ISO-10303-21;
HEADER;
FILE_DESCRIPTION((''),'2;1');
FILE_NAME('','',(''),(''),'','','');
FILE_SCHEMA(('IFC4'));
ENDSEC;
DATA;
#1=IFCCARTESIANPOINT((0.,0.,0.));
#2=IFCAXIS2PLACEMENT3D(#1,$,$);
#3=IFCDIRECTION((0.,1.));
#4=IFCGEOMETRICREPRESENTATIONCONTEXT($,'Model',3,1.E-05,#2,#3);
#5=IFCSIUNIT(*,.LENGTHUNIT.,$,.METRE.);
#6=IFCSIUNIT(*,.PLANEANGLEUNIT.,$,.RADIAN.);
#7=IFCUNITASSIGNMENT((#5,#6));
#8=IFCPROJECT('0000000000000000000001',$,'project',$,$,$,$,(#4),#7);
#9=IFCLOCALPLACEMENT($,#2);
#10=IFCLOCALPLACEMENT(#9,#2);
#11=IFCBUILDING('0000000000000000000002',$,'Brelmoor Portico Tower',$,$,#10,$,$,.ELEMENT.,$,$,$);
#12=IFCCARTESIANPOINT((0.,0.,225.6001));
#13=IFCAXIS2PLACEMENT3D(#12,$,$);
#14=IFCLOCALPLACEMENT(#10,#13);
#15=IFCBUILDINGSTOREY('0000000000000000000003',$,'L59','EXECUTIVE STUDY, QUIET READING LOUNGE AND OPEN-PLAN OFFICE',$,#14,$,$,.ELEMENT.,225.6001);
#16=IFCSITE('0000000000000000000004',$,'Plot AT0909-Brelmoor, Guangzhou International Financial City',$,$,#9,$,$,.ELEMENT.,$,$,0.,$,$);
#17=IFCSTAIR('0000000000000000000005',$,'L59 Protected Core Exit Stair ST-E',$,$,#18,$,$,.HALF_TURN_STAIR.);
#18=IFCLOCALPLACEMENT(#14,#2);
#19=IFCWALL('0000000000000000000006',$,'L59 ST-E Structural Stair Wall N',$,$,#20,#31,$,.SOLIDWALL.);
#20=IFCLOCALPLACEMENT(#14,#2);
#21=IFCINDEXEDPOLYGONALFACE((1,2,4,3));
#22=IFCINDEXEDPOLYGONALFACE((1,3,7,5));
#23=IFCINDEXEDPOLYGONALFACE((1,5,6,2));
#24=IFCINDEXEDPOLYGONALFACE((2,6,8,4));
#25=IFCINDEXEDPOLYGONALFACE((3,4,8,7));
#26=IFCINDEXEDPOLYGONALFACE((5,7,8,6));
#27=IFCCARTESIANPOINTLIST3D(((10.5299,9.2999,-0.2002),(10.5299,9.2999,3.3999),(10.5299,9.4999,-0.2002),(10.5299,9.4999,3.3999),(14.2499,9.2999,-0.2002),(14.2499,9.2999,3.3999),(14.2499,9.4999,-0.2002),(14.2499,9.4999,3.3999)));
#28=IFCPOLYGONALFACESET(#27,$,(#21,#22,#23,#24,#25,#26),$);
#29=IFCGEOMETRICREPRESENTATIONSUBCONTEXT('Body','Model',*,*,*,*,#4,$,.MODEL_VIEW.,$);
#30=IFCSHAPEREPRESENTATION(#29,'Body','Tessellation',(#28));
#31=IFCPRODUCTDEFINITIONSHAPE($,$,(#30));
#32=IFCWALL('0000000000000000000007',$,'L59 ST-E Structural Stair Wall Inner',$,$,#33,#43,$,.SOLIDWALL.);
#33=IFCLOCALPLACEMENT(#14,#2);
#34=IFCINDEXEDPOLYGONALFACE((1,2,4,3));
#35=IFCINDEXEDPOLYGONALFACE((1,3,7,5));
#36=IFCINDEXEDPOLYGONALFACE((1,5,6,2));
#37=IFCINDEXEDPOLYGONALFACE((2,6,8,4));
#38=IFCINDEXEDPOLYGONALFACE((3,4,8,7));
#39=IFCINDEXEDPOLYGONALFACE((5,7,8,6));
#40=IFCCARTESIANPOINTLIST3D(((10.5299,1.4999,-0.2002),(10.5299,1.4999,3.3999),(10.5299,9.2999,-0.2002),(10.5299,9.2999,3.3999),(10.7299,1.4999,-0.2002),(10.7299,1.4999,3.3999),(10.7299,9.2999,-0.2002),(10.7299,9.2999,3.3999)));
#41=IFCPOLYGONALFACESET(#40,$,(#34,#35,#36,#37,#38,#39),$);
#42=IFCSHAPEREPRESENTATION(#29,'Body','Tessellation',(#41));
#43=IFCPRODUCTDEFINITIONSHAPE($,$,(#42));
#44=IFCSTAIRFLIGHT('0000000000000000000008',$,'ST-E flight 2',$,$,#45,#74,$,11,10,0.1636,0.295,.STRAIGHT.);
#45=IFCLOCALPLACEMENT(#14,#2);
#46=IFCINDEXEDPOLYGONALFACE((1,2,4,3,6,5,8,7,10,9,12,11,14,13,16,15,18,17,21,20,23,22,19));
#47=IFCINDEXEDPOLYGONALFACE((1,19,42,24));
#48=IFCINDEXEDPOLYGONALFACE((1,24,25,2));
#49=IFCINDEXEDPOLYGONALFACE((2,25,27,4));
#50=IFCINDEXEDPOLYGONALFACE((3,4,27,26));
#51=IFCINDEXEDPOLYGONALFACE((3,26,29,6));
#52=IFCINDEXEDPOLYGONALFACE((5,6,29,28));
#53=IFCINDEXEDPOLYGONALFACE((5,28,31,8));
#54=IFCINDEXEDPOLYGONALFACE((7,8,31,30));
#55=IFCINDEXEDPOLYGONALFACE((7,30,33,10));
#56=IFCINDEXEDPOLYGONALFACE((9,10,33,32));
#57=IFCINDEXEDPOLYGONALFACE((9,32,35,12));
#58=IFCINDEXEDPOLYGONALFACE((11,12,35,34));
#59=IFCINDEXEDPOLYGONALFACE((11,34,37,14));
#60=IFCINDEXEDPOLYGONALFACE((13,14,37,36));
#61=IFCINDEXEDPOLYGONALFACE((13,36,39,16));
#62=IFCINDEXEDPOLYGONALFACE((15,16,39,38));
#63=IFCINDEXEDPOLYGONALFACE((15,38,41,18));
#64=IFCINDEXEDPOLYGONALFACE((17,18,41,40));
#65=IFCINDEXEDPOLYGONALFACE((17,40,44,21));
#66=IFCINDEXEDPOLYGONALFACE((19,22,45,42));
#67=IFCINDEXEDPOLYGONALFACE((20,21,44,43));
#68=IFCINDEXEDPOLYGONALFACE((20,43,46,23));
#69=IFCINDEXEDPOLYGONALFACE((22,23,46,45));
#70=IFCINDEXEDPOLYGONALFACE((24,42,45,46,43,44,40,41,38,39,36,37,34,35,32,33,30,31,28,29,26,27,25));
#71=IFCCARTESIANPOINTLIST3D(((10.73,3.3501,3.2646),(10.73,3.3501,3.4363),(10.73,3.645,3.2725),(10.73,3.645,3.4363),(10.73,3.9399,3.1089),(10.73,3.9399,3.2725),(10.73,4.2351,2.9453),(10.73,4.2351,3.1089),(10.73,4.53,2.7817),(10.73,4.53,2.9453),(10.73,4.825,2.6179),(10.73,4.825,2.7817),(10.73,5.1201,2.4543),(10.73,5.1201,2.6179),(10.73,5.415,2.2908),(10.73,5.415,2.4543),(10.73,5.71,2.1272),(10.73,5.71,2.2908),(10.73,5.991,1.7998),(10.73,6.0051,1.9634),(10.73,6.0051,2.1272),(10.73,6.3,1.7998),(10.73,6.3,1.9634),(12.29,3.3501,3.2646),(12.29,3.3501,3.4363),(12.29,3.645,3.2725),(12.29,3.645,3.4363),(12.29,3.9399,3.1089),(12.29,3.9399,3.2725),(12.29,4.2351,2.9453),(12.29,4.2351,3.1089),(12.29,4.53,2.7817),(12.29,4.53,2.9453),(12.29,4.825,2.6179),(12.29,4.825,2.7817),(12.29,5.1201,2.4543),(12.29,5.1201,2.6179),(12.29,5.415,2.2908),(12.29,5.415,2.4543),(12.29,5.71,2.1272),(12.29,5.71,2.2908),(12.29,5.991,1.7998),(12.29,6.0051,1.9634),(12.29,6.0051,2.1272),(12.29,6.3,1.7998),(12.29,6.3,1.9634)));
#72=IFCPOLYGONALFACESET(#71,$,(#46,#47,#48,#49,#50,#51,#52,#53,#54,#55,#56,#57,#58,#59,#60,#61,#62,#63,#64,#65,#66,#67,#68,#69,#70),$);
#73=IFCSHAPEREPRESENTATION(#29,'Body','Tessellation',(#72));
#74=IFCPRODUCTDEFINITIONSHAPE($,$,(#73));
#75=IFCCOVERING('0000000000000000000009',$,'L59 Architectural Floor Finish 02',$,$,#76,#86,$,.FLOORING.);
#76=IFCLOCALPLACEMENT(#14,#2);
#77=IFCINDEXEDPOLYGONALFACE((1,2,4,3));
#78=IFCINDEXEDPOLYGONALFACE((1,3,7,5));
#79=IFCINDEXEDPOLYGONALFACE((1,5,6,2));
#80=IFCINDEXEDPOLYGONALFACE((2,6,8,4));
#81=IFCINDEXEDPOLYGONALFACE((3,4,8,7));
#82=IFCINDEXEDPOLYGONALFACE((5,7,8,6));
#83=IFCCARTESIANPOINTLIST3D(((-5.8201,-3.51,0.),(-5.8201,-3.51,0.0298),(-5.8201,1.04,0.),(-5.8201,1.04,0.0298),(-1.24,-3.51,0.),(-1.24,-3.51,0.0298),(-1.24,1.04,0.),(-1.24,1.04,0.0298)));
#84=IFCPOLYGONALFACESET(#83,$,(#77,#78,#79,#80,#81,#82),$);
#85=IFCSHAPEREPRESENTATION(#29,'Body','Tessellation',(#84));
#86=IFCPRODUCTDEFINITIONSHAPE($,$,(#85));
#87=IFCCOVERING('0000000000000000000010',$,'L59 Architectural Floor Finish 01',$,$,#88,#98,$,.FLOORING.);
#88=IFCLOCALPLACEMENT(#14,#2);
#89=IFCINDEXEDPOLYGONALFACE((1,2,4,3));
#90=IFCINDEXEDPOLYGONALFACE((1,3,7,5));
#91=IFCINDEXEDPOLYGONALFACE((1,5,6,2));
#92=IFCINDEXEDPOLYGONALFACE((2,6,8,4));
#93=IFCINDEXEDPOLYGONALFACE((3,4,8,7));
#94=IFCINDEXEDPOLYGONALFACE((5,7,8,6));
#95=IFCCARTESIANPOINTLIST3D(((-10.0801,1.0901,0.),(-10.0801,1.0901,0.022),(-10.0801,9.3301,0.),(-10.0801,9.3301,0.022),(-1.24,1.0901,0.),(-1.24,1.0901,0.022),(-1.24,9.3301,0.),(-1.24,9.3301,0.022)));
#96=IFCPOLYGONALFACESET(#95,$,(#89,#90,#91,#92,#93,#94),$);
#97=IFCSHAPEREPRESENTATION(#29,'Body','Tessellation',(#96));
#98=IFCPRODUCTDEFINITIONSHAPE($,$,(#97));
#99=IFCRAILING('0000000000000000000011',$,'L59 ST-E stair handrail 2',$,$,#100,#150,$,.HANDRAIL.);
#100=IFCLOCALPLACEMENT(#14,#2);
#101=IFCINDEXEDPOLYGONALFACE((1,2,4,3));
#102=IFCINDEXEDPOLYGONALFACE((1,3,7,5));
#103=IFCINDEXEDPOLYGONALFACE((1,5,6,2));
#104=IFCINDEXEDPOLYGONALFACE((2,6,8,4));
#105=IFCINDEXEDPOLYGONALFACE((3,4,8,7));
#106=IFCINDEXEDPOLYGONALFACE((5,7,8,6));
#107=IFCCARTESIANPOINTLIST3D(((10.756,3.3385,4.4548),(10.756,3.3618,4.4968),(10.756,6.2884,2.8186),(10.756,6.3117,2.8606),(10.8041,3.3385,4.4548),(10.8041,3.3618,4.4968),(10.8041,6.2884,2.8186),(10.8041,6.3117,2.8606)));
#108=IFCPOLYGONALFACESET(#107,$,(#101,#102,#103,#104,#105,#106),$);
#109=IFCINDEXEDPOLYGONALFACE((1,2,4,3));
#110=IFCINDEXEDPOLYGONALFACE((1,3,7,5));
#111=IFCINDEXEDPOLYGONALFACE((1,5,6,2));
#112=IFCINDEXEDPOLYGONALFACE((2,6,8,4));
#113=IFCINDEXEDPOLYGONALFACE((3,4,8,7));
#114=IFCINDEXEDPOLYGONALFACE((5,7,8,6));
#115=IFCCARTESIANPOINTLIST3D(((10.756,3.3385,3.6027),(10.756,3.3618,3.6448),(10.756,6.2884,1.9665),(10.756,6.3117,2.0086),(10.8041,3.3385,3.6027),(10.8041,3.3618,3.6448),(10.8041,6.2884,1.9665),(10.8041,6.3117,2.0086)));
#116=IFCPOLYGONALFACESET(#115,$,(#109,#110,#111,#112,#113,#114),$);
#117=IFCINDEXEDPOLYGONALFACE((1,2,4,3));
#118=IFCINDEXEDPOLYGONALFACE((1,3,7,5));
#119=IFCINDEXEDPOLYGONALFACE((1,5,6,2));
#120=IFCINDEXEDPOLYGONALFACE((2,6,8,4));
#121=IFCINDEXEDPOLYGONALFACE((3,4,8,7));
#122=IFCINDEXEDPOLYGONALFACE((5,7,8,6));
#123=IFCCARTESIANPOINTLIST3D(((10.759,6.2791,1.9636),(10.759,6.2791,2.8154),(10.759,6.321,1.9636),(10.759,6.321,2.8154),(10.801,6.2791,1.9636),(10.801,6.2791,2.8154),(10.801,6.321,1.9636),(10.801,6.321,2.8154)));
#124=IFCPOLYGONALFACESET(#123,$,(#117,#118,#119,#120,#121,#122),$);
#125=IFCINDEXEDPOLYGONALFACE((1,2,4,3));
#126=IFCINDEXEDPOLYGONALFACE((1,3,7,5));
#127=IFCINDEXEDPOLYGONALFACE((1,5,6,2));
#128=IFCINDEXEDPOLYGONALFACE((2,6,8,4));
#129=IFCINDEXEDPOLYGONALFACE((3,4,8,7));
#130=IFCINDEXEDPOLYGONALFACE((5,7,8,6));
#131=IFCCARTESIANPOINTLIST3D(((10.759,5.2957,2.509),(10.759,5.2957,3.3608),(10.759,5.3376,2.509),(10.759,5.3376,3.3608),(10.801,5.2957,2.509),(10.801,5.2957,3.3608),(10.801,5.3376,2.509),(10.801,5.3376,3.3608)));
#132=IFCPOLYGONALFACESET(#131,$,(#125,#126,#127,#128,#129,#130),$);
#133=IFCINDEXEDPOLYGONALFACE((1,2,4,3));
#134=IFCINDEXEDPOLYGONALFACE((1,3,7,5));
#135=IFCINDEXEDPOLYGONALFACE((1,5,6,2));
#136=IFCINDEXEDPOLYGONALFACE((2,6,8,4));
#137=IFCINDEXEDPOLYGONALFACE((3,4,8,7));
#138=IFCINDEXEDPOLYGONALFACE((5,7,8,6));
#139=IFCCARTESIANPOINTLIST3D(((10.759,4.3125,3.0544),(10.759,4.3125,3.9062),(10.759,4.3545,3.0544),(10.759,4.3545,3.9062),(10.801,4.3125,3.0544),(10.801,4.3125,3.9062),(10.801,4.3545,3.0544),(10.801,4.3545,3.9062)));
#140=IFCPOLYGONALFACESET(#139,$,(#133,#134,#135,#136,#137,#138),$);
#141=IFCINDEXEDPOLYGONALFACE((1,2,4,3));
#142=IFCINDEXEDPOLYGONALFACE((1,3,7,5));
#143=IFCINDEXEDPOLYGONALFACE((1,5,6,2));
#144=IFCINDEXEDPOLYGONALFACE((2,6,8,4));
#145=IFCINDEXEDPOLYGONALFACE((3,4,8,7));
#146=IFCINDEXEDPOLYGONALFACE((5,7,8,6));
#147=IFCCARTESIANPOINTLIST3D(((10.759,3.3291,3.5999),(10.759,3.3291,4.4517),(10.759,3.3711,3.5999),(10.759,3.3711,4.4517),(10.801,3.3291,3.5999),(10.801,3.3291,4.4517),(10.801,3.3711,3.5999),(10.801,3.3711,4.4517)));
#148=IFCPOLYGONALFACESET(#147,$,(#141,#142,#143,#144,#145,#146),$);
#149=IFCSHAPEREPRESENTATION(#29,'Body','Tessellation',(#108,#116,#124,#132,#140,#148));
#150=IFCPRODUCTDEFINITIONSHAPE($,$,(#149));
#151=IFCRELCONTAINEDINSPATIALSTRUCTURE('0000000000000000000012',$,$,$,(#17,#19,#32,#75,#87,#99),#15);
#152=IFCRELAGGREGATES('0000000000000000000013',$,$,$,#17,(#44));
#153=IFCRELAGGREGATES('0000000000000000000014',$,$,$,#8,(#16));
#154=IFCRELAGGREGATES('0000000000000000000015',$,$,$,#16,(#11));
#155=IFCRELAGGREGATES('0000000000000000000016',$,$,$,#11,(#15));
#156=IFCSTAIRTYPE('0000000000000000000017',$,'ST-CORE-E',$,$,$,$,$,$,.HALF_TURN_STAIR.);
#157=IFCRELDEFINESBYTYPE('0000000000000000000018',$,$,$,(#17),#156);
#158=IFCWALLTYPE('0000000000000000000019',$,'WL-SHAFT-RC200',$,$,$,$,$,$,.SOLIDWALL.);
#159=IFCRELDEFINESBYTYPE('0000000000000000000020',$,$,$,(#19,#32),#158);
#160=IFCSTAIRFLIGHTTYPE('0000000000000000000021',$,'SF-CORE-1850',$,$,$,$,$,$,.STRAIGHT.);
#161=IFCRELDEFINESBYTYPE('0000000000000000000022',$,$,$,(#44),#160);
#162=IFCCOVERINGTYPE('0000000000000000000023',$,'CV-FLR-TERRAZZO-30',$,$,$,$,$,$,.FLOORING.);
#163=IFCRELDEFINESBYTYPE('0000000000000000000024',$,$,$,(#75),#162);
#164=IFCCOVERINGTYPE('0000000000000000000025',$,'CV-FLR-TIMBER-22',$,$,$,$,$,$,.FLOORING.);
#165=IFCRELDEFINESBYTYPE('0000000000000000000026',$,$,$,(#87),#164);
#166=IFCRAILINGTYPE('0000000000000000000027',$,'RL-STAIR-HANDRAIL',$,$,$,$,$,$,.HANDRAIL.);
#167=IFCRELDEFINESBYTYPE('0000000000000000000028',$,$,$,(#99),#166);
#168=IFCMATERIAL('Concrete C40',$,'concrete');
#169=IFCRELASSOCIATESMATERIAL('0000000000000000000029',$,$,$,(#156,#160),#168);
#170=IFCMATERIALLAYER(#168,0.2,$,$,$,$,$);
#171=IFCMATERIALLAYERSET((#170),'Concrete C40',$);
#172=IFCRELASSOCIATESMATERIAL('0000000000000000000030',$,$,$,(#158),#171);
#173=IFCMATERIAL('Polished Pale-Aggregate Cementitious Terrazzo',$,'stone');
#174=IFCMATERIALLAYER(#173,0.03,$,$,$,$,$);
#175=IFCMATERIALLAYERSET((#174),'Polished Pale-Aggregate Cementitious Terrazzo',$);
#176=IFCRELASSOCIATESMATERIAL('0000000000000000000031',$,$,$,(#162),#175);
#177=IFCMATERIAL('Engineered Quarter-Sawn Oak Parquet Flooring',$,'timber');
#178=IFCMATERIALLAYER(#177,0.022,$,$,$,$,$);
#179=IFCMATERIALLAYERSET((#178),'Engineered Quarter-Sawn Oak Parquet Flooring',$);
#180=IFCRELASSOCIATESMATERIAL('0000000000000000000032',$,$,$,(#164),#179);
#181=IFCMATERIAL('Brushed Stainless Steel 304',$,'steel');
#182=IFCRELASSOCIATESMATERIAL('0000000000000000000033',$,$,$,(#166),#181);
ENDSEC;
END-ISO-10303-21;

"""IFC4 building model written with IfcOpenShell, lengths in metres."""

from ifc_helpers import new_model, si_unit, direction, frame, frame_2d, origin, origin_2d, place, context, subcontext, project, spatial, polyline, rectangle, outline, extrude, material, layer, layer_set, type_object, element, aggregate, save


model = new_model("IFC4")

# Units and contexts
model_context = context("Model", 3, precision=1e-05, world=origin(), true_north=direction((0.0, 1.0)))
body_context = subcontext(model_context, "Body", "Model", "MODEL_VIEW")
ifc_project = project(units=[si_unit("LENGTHUNIT", "METRE"), si_unit("PLANEANGLEUNIT", "RADIAN")], contexts=[model_context])

# Site, building, storey
site_placement = place(None, origin())
site = spatial("IfcSite", under=ifc_project, at=site_placement, Name="Plot AT0909-Brelmoor, Guangzhou International Financial City", CompositionType="ELEMENT", RefElevation=0.0)
building_placement = place(site_placement, origin())
building = spatial("IfcBuilding", under=site, at=building_placement, Name="Brelmoor Portico Tower", CompositionType="ELEMENT")
storey_placement = place(building_placement, frame((0.0, 0.0, 225.6001)))
storey = spatial("IfcBuildingStorey", under=building, at=storey_placement, Name="L59", Description="EXECUTIVE STUDY, QUIET READING LOUNGE AND OPEN-PLAN OFFICE", CompositionType="ELEMENT", Elevation=225.6001)

# Shared definitions
ifc_material_1 = material(Name="Concrete C40", Category="concrete")

# Stair
stair_type_1 = type_object("IfcStairType", Name="ST-CORE-E", PredefinedType="HALF_TURN_STAIR", material=ifc_material_1)
stair_1_placement = place(storey_placement, origin())
stair_1 = element("IfcStair", 1, at=stair_1_placement, inside=storey, type_object=stair_type_1, Name="L59 Protected Core Exit Stair ST-E", PredefinedType="HALF_TURN_STAIR")

# Shared definitions
ifc_layer_1 = layer(ifc_material_1, 0.2)
ifc_layer_set_1 = layer_set([ifc_layer_1], Name="Concrete C40")
wall_type_1 = type_object("IfcWallType", Name="WL-SHAFT-RC200", PredefinedType="SOLIDWALL", material=ifc_layer_set_1)

# Walls
wall_1_placement = place(storey_placement, frame((10.53, 9.3999, -0.2002), z_axis=(0.0, 0.0, 1.0), x_axis=(1.0, 0.0, 0.0)))
element("IfcWall", 2, at=wall_1_placement, inside=storey, type_object=wall_type_1, Name="L59 ST-E Structural Stair Wall N", PredefinedType="SOLIDWALL", context=body_context, shape_type="SweptSolid", body=[
    extrude(rectangle(XDim=3.72, YDim=0.2, at=frame_2d((1.8599, 0.0))), origin(), (0.0, 0.0, 1.0), 3.6001),
])
wall_2_placement = place(storey_placement, frame((10.6299, 1.5, -0.2002), z_axis=(0.0, 0.0, 1.0), x_axis=(0.0, 1.0, 0.0)))
element("IfcWall", 3, at=wall_2_placement, inside=storey, type_object=wall_type_1, Name="L59 ST-E Structural Stair Wall Inner", PredefinedType="SOLIDWALL", context=body_context, shape_type="SweptSolid", body=[
    extrude(rectangle(XDim=7.8, YDim=0.2, at=frame_2d((3.8999, 0.0))), origin(), (0.0, 0.0, 1.0), 3.6001),
])

# Stair flight
stair_flight_type = type_object("IfcStairFlightType", Name="SF-CORE-1850", PredefinedType="STRAIGHT", material=ifc_material_1)
stair_flight_placement = place(storey_placement, frame((11.51, 6.3, 1.7998), z_axis=(0.0, 0.0, 1.0), x_axis=(0.0, -1.0, 0.0)))
stair_flight = element("IfcStairFlight", 4, at=stair_flight_placement, type_object=stair_flight_type, Name="ST-E flight 2", NumberOfRisers=11, NumberOfTreads=10, PredefinedType="STRAIGHT", RiserHeight=0.1636, TreadLength=0.295, context=body_context, shape_type="SweptSolid", body=[
    extrude(outline(polyline([(0.0, 0.0), (0.0, 0.1636), (0.2949, 0.1636), (0.2949, 0.3274), (0.5901, 0.3274), (0.5901, 0.491), (0.885, 0.491), (0.885, 0.6545), (1.1799, 0.6545), (1.1799, 0.8181), (1.4751, 0.8181), (1.4751, 0.9819), (1.77, 0.9819), (1.77, 1.1455), (2.0649, 1.1455), (2.0649, 1.3091), (2.3601, 1.3091), (2.3601, 1.4727), (2.655, 1.4727), (2.655, 1.6365), (2.95, 1.6365), (2.95, 1.8), (2.95, 1.4648), (0.3091, 0.0), (0.0, 0.0)])), frame((0.0, 0.78, 0.0), z_axis=(0.0, -1.0, 0.0), x_axis=(1.0, 0.0, 0.0)), (0.0, 0.0, 1.0), 1.5601),
])
aggregate(stair_1, [stair_flight])

# Coverings
ifc_material_2 = material(Name="Polished Pale-Aggregate Cementitious Terrazzo", Category="stone")
ifc_layer_2 = layer(ifc_material_2, 0.03)
ifc_layer_set_2 = layer_set([ifc_layer_2], Name="Polished Pale-Aggregate Cementitious Terrazzo")
covering_type_1 = type_object("IfcCoveringType", Name="CV-FLR-TERRAZZO-30", PredefinedType="FLOORING", material=ifc_layer_set_2)
covering_1_placement = place(storey_placement, origin())
element("IfcCovering", 5, at=covering_1_placement, inside=storey, type_object=covering_type_1, Name="L59 Architectural Floor Finish 02", PredefinedType="FLOORING", context=body_context, shape_type="SweptSolid", body=[
    extrude(outline(polyline([(-5.8201, -3.51), (-5.8201, 1.04), (-1.24, 1.04), (-1.24, -3.51), (-5.8201, -3.51)])), origin(), (0.0, 0.0, 1.0), 0.0298),
])
ifc_material_3 = material(Name="Engineered Quarter-Sawn Oak Parquet Flooring", Category="timber")
ifc_layer_3 = layer(ifc_material_3, 0.022)
ifc_layer_set_3 = layer_set([ifc_layer_3], Name="Engineered Quarter-Sawn Oak Parquet Flooring")
covering_type_2 = type_object("IfcCoveringType", Name="CV-FLR-TIMBER-22", PredefinedType="FLOORING", material=ifc_layer_set_3)
covering_2_placement = place(storey_placement, origin())
element("IfcCovering", 6, at=covering_2_placement, inside=storey, type_object=covering_type_2, Name="L59 Architectural Floor Finish 01", PredefinedType="FLOORING", context=body_context, shape_type="SweptSolid", body=[
    extrude(outline(polyline([(-10.0801, 1.0901), (-10.0801, 9.3301), (-1.24, 9.3301), (-1.24, 1.0901), (-10.0801, 1.0901)])), origin(), (0.0, 0.0, 1.0), 0.022),
])

# Railing
ifc_material_4 = material(Name="Brushed Stainless Steel 304", Category="steel")
railing_type = type_object("IfcRailingType", Name="RL-STAIR-HANDRAIL", PredefinedType="HANDRAIL", material=ifc_material_4)
railing_placement = place(storey_placement, frame((10.78, 6.3, 1.9636)))
element("IfcRailing", 7, at=railing_placement, inside=storey, type_object=railing_type, Name="L59 ST-E stair handrail 2", PredefinedType="HANDRAIL", context=body_context, shape_type="SweptSolid", body=[
    extrude(rectangle(XDim=0.0481, YDim=0.0481, at=origin_2d()), frame((0.0, 0.0, 0.876), z_axis=(0.0, -0.874488, 0.485047), x_axis=(1.0, 0.0, 0.0)), (0.0, 0.0, 1.0), 3.3733),
    extrude(rectangle(XDim=0.0481, YDim=0.0481, at=origin_2d()), frame((0.0, 0.0, 0.0239), z_axis=(0.0, -0.874488, 0.485047), x_axis=(1.0, 0.0, 0.0)), (0.0, 0.0, 1.0), 3.3733),
    extrude(rectangle(XDim=0.042, YDim=0.042, at=origin_2d()), origin(), (0.0, 0.0, 1.0), 0.8518),
    extrude(rectangle(XDim=0.042, YDim=0.042, at=origin_2d()), frame((0.0, -0.9834, 0.5454)), (0.0, 0.0, 1.0), 0.8518),
    extrude(rectangle(XDim=0.042, YDim=0.042, at=origin_2d()), frame((0.0, -1.9666, 1.0908)), (0.0, 0.0, 1.0), 0.8518),
    extrude(rectangle(XDim=0.042, YDim=0.042, at=origin_2d()), frame((0.0, -2.95, 1.6362)), (0.0, 0.0, 1.0), 0.8518),
])

save(model, "model.ifc")
